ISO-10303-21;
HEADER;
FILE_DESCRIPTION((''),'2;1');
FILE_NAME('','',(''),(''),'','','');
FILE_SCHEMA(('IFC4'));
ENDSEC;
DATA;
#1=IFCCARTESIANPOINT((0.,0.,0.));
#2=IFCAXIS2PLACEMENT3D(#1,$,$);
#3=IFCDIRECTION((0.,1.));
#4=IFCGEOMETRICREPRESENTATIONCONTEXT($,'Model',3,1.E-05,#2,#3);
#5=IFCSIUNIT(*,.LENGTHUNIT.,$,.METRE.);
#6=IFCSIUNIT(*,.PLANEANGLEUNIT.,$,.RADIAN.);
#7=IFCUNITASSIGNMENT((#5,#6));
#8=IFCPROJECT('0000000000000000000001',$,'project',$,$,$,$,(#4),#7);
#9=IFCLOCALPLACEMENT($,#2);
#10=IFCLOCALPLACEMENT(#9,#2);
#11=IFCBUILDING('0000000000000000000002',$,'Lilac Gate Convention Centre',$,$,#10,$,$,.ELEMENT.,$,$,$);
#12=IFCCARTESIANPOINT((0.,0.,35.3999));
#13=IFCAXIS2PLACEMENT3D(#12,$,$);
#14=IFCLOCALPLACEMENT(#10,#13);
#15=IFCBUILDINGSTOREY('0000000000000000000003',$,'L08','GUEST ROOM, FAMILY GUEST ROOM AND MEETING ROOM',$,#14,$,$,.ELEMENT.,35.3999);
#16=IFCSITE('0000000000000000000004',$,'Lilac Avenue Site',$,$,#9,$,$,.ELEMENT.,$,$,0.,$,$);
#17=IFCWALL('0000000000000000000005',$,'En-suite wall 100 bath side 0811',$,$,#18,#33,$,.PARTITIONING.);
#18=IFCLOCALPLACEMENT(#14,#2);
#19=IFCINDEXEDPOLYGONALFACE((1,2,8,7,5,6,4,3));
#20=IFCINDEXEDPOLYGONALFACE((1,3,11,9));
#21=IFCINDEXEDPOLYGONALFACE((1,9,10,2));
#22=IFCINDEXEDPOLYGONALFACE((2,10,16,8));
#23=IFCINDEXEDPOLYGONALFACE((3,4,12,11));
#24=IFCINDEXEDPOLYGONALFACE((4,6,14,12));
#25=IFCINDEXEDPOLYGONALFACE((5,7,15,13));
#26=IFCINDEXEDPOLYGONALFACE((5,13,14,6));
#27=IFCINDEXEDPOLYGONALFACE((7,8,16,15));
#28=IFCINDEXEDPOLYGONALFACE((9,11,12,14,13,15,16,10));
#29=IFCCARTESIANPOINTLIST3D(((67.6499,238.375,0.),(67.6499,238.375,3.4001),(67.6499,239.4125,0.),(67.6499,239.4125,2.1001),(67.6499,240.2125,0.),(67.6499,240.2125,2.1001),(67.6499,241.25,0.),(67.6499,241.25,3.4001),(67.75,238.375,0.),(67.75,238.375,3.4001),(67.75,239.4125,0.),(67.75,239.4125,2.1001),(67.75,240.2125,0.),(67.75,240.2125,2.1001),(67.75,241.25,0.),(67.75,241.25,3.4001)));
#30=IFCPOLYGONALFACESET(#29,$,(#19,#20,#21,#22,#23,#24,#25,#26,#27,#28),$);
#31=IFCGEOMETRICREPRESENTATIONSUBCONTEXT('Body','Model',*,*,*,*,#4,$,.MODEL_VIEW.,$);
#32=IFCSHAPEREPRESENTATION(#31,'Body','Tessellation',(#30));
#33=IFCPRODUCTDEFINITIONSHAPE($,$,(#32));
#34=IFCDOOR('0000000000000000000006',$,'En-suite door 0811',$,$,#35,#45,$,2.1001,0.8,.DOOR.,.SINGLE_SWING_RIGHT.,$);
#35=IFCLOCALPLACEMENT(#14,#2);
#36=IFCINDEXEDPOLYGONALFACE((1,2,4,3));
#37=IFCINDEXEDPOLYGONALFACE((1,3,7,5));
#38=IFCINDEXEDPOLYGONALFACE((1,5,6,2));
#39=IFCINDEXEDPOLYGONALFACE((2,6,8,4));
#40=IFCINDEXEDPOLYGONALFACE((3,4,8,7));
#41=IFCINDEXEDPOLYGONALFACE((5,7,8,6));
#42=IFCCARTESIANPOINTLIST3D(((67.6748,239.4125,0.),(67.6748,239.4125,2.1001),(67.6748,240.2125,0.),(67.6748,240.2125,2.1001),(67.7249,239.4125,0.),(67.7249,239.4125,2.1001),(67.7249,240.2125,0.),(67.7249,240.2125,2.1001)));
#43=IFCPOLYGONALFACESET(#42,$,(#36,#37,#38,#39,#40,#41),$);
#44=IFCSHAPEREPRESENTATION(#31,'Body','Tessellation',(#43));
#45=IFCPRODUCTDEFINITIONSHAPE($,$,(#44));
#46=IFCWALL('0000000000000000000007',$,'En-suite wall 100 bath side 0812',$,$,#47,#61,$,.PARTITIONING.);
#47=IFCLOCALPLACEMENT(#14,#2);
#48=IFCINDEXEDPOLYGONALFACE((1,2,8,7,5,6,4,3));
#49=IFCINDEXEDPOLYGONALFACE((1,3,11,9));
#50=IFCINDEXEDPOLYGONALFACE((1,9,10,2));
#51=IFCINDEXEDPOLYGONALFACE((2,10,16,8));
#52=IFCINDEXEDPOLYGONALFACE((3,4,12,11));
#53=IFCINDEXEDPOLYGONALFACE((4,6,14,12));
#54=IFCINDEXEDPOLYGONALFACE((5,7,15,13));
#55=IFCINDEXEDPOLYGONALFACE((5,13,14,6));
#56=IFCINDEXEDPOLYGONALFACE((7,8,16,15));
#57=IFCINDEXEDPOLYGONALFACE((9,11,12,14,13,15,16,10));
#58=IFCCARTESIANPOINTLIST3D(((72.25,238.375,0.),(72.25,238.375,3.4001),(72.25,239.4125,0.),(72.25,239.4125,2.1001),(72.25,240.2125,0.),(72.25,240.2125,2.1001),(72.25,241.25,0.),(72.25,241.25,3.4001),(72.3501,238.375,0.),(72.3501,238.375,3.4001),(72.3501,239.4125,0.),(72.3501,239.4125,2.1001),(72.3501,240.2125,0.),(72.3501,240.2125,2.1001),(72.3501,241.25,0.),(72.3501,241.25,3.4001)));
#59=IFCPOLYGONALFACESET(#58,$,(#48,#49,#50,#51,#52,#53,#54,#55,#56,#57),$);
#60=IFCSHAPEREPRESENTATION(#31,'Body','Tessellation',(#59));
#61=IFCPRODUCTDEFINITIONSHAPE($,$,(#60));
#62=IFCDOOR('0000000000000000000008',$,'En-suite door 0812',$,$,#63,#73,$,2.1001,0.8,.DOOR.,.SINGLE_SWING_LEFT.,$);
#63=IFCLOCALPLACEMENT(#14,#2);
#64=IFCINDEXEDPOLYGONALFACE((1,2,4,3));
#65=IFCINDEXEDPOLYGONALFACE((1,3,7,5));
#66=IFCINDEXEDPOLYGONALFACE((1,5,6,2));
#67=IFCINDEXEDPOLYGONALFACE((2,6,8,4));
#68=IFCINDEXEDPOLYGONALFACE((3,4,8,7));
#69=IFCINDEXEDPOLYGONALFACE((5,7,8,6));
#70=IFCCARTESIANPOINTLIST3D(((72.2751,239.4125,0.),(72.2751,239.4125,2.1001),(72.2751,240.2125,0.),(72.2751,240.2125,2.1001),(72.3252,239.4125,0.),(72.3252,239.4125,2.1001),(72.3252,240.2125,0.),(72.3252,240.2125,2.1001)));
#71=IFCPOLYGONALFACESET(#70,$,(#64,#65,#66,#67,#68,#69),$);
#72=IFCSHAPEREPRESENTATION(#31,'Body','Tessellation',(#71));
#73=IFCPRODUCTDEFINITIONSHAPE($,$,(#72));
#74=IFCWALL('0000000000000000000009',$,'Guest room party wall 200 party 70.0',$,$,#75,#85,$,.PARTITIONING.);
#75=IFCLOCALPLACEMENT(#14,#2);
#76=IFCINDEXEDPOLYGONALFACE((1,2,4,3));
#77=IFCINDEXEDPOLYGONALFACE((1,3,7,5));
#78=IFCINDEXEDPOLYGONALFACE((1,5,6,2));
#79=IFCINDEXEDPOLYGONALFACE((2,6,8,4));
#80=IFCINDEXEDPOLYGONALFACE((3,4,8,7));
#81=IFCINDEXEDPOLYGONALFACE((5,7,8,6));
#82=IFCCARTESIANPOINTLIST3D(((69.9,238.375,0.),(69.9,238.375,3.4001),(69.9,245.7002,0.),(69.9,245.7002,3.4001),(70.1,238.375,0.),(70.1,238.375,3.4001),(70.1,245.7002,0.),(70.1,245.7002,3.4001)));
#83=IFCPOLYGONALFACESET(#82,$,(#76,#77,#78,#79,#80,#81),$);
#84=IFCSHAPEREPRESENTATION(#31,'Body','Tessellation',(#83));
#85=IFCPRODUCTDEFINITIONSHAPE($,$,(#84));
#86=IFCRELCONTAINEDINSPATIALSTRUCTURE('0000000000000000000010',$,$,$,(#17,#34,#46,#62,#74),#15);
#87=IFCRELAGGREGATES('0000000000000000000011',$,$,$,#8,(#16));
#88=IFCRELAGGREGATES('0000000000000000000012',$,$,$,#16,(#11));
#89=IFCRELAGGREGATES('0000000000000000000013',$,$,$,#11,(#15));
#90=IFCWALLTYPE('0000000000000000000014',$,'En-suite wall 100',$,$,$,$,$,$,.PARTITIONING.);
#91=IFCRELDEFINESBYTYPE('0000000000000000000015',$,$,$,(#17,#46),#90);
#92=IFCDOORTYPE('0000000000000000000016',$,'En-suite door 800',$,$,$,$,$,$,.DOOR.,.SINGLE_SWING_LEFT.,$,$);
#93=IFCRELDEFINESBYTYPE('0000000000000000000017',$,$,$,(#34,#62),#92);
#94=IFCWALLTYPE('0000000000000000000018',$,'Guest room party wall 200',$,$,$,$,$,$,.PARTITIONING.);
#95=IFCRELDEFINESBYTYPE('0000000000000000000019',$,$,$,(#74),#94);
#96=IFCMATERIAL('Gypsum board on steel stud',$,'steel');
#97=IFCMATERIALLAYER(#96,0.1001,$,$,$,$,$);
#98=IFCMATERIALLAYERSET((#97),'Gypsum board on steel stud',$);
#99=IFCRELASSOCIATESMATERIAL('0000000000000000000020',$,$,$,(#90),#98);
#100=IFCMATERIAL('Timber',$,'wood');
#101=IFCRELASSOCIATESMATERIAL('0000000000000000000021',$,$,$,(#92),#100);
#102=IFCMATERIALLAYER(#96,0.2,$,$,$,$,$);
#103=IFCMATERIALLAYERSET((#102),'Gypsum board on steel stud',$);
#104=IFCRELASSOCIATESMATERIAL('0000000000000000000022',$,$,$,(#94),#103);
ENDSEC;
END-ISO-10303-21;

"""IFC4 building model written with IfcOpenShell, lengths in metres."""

from ifc_helpers import new_model, si_unit, direction, frame, frame_2d, origin, place, context, subcontext, project, spatial, rectangle, extrude, material, layer, layer_set, type_object, element, fill, save


model = new_model("IFC4")

# Units and contexts
model_context = context("Model", 3, precision=1e-05, world=origin(), true_north=direction((0.0, 1.0)))
body_context = subcontext(model_context, "Body", "Model", "MODEL_VIEW")
ifc_project = project(units=[si_unit("LENGTHUNIT", "METRE"), si_unit("PLANEANGLEUNIT", "RADIAN")], contexts=[model_context])

# Site, building, storey
site_placement = place(None, origin())
site = spatial("IfcSite", under=ifc_project, at=site_placement, Name="Lilac Avenue Site", CompositionType="ELEMENT", RefElevation=0.0)
building_placement = place(site_placement, origin())
building = spatial("IfcBuilding", under=site, at=building_placement, Name="Lilac Gate Convention Centre", CompositionType="ELEMENT")
storey_placement = place(building_placement, frame((0.0, 0.0, 35.3999)))
storey = spatial("IfcBuildingStorey", under=building, at=storey_placement, Name="L08", Description="GUEST ROOM, FAMILY GUEST ROOM AND MEETING ROOM", CompositionType="ELEMENT", Elevation=35.3999)

# Shared definitions
ifc_material_1 = material(Name="Gypsum board on steel stud", Category="steel")
ifc_material_2 = material(Name="Timber", Category="wood")

# Shared definitions
ifc_layer_1 = layer(ifc_material_1, 0.1001)
ifc_layer_set_1 = layer_set([ifc_layer_1], Name="Gypsum board on steel stud")
wall_type_1 = type_object("IfcWallType", Name="En-suite wall 100", PredefinedType="PARTITIONING", material=ifc_layer_set_1)

# Walls, openings, doors
wall_1_placement = place(storey_placement, frame((67.7, 241.25, 0.0), z_axis=(0.0, 0.0, 1.0), x_axis=(0.0, -1.0, 0.0)))
wall_1 = element("IfcWall", 1, at=wall_1_placement, inside=storey, type_object=wall_type_1, Name="En-suite wall 100 bath side 0811", PredefinedType="PARTITIONING", context=body_context, shape_type="SweptSolid", body=[
    extrude(rectangle(XDim=2.875, YDim=0.1001, at=frame_2d((1.4375, 0.0))), origin(), (0.0, 0.0, 1.0), 3.4001),
])
opening_1_placement = place(wall_1_placement, frame((1.0376, 0.0, 0.0)))
opening_1 = element("IfcOpeningElement", 2, at=opening_1_placement, cuts=wall_1, PredefinedType="OPENING", context=body_context, shape_type="SweptSolid", body=[
    extrude(rectangle(XDim=0.8, YDim=2.1001, at=frame_2d((0.3999, 1.05))), frame((0.0, 0.0601, 0.0), z_axis=(0.0, -1.0, 0.0), x_axis=(1.0, 0.0, 0.0)), (0.0, 0.0, 1.0), 0.1201),
])
door_type_1 = type_object("IfcDoorType", Name="En-suite door 800", OperationType="SINGLE_SWING_LEFT", PredefinedType="DOOR", material=ifc_material_2)
door_1_placement = place(opening_1_placement, origin())
door_1 = element("IfcDoor", 3, at=door_1_placement, inside=storey, type_object=door_type_1, Name="En-suite door 0811", OperationType="SINGLE_SWING_RIGHT", OverallHeight=2.1001, OverallWidth=0.8, PredefinedType="DOOR", context=body_context, shape_type="SweptSolid", body=[
    extrude(rectangle(XDim=0.8, YDim=2.1001, at=frame_2d((0.3999, 1.05))), frame((0.0, 0.0249, 0.0), z_axis=(0.0, -1.0, 0.0), x_axis=(1.0, 0.0, 0.0)), (0.0, 0.0, 1.0), 0.05),
])
fill(opening_1, door_1)
wall_2_placement = place(storey_placement, frame((72.3, 238.375, 0.0), z_axis=(0.0, 0.0, 1.0), x_axis=(0.0, 1.0, 0.0)))
wall_2 = element("IfcWall", 4, at=wall_2_placement, inside=storey, type_object=wall_type_1, Name="En-suite wall 100 bath side 0812", PredefinedType="PARTITIONING", context=body_context, shape_type="SweptSolid", body=[
    extrude(rectangle(XDim=2.875, YDim=0.1001, at=frame_2d((1.4375, 0.0))), origin(), (0.0, 0.0, 1.0), 3.4001),
])
opening_2_placement = place(wall_2_placement, frame((1.0376, 0.0, 0.0)))
opening_2 = element("IfcOpeningElement", 5, at=opening_2_placement, cuts=wall_2, PredefinedType="OPENING", context=body_context, shape_type="SweptSolid", body=[
    extrude(rectangle(XDim=0.8, YDim=2.1001, at=frame_2d((0.3999, 1.05))), frame((0.0, 0.0601, 0.0), z_axis=(0.0, -1.0, 0.0), x_axis=(1.0, 0.0, 0.0)), (0.0, 0.0, 1.0), 0.1201),
])
door_2_placement = place(opening_2_placement, origin())
door_2 = element("IfcDoor", 6, at=door_2_placement, inside=storey, type_object=door_type_1, Name="En-suite door 0812", OperationType="SINGLE_SWING_LEFT", OverallHeight=2.1001, OverallWidth=0.8, PredefinedType="DOOR", context=body_context, shape_type="SweptSolid", body=[
    extrude(rectangle(XDim=0.8, YDim=2.1001, at=frame_2d((0.3999, 1.05))), frame((0.0, 0.0249, 0.0), z_axis=(0.0, -1.0, 0.0), x_axis=(1.0, 0.0, 0.0)), (0.0, 0.0, 1.0), 0.05),
])
fill(opening_2, door_2)

# Wall
ifc_layer_2 = layer(ifc_material_1, 0.2)
ifc_layer_set_2 = layer_set([ifc_layer_2], Name="Gypsum board on steel stud")
wall_type_2 = type_object("IfcWallType", Name="Guest room party wall 200", PredefinedType="PARTITIONING", material=ifc_layer_set_2)
wall_3_placement = place(storey_placement, frame((70.0, 245.7002, 0.0), z_axis=(0.0, 0.0, 1.0), x_axis=(0.0, -1.0, 0.0)))
element("IfcWall", 7, at=wall_3_placement, inside=storey, type_object=wall_type_2, Name="Guest room party wall 200 party 70.0", PredefinedType="PARTITIONING", context=body_context, shape_type="SweptSolid", body=[
    extrude(rectangle(XDim=7.3252, YDim=0.2, at=frame_2d((3.6626, 0.0))), origin(), (0.0, 0.0, 1.0), 3.4001),
])

save(model, "model.ifc")
